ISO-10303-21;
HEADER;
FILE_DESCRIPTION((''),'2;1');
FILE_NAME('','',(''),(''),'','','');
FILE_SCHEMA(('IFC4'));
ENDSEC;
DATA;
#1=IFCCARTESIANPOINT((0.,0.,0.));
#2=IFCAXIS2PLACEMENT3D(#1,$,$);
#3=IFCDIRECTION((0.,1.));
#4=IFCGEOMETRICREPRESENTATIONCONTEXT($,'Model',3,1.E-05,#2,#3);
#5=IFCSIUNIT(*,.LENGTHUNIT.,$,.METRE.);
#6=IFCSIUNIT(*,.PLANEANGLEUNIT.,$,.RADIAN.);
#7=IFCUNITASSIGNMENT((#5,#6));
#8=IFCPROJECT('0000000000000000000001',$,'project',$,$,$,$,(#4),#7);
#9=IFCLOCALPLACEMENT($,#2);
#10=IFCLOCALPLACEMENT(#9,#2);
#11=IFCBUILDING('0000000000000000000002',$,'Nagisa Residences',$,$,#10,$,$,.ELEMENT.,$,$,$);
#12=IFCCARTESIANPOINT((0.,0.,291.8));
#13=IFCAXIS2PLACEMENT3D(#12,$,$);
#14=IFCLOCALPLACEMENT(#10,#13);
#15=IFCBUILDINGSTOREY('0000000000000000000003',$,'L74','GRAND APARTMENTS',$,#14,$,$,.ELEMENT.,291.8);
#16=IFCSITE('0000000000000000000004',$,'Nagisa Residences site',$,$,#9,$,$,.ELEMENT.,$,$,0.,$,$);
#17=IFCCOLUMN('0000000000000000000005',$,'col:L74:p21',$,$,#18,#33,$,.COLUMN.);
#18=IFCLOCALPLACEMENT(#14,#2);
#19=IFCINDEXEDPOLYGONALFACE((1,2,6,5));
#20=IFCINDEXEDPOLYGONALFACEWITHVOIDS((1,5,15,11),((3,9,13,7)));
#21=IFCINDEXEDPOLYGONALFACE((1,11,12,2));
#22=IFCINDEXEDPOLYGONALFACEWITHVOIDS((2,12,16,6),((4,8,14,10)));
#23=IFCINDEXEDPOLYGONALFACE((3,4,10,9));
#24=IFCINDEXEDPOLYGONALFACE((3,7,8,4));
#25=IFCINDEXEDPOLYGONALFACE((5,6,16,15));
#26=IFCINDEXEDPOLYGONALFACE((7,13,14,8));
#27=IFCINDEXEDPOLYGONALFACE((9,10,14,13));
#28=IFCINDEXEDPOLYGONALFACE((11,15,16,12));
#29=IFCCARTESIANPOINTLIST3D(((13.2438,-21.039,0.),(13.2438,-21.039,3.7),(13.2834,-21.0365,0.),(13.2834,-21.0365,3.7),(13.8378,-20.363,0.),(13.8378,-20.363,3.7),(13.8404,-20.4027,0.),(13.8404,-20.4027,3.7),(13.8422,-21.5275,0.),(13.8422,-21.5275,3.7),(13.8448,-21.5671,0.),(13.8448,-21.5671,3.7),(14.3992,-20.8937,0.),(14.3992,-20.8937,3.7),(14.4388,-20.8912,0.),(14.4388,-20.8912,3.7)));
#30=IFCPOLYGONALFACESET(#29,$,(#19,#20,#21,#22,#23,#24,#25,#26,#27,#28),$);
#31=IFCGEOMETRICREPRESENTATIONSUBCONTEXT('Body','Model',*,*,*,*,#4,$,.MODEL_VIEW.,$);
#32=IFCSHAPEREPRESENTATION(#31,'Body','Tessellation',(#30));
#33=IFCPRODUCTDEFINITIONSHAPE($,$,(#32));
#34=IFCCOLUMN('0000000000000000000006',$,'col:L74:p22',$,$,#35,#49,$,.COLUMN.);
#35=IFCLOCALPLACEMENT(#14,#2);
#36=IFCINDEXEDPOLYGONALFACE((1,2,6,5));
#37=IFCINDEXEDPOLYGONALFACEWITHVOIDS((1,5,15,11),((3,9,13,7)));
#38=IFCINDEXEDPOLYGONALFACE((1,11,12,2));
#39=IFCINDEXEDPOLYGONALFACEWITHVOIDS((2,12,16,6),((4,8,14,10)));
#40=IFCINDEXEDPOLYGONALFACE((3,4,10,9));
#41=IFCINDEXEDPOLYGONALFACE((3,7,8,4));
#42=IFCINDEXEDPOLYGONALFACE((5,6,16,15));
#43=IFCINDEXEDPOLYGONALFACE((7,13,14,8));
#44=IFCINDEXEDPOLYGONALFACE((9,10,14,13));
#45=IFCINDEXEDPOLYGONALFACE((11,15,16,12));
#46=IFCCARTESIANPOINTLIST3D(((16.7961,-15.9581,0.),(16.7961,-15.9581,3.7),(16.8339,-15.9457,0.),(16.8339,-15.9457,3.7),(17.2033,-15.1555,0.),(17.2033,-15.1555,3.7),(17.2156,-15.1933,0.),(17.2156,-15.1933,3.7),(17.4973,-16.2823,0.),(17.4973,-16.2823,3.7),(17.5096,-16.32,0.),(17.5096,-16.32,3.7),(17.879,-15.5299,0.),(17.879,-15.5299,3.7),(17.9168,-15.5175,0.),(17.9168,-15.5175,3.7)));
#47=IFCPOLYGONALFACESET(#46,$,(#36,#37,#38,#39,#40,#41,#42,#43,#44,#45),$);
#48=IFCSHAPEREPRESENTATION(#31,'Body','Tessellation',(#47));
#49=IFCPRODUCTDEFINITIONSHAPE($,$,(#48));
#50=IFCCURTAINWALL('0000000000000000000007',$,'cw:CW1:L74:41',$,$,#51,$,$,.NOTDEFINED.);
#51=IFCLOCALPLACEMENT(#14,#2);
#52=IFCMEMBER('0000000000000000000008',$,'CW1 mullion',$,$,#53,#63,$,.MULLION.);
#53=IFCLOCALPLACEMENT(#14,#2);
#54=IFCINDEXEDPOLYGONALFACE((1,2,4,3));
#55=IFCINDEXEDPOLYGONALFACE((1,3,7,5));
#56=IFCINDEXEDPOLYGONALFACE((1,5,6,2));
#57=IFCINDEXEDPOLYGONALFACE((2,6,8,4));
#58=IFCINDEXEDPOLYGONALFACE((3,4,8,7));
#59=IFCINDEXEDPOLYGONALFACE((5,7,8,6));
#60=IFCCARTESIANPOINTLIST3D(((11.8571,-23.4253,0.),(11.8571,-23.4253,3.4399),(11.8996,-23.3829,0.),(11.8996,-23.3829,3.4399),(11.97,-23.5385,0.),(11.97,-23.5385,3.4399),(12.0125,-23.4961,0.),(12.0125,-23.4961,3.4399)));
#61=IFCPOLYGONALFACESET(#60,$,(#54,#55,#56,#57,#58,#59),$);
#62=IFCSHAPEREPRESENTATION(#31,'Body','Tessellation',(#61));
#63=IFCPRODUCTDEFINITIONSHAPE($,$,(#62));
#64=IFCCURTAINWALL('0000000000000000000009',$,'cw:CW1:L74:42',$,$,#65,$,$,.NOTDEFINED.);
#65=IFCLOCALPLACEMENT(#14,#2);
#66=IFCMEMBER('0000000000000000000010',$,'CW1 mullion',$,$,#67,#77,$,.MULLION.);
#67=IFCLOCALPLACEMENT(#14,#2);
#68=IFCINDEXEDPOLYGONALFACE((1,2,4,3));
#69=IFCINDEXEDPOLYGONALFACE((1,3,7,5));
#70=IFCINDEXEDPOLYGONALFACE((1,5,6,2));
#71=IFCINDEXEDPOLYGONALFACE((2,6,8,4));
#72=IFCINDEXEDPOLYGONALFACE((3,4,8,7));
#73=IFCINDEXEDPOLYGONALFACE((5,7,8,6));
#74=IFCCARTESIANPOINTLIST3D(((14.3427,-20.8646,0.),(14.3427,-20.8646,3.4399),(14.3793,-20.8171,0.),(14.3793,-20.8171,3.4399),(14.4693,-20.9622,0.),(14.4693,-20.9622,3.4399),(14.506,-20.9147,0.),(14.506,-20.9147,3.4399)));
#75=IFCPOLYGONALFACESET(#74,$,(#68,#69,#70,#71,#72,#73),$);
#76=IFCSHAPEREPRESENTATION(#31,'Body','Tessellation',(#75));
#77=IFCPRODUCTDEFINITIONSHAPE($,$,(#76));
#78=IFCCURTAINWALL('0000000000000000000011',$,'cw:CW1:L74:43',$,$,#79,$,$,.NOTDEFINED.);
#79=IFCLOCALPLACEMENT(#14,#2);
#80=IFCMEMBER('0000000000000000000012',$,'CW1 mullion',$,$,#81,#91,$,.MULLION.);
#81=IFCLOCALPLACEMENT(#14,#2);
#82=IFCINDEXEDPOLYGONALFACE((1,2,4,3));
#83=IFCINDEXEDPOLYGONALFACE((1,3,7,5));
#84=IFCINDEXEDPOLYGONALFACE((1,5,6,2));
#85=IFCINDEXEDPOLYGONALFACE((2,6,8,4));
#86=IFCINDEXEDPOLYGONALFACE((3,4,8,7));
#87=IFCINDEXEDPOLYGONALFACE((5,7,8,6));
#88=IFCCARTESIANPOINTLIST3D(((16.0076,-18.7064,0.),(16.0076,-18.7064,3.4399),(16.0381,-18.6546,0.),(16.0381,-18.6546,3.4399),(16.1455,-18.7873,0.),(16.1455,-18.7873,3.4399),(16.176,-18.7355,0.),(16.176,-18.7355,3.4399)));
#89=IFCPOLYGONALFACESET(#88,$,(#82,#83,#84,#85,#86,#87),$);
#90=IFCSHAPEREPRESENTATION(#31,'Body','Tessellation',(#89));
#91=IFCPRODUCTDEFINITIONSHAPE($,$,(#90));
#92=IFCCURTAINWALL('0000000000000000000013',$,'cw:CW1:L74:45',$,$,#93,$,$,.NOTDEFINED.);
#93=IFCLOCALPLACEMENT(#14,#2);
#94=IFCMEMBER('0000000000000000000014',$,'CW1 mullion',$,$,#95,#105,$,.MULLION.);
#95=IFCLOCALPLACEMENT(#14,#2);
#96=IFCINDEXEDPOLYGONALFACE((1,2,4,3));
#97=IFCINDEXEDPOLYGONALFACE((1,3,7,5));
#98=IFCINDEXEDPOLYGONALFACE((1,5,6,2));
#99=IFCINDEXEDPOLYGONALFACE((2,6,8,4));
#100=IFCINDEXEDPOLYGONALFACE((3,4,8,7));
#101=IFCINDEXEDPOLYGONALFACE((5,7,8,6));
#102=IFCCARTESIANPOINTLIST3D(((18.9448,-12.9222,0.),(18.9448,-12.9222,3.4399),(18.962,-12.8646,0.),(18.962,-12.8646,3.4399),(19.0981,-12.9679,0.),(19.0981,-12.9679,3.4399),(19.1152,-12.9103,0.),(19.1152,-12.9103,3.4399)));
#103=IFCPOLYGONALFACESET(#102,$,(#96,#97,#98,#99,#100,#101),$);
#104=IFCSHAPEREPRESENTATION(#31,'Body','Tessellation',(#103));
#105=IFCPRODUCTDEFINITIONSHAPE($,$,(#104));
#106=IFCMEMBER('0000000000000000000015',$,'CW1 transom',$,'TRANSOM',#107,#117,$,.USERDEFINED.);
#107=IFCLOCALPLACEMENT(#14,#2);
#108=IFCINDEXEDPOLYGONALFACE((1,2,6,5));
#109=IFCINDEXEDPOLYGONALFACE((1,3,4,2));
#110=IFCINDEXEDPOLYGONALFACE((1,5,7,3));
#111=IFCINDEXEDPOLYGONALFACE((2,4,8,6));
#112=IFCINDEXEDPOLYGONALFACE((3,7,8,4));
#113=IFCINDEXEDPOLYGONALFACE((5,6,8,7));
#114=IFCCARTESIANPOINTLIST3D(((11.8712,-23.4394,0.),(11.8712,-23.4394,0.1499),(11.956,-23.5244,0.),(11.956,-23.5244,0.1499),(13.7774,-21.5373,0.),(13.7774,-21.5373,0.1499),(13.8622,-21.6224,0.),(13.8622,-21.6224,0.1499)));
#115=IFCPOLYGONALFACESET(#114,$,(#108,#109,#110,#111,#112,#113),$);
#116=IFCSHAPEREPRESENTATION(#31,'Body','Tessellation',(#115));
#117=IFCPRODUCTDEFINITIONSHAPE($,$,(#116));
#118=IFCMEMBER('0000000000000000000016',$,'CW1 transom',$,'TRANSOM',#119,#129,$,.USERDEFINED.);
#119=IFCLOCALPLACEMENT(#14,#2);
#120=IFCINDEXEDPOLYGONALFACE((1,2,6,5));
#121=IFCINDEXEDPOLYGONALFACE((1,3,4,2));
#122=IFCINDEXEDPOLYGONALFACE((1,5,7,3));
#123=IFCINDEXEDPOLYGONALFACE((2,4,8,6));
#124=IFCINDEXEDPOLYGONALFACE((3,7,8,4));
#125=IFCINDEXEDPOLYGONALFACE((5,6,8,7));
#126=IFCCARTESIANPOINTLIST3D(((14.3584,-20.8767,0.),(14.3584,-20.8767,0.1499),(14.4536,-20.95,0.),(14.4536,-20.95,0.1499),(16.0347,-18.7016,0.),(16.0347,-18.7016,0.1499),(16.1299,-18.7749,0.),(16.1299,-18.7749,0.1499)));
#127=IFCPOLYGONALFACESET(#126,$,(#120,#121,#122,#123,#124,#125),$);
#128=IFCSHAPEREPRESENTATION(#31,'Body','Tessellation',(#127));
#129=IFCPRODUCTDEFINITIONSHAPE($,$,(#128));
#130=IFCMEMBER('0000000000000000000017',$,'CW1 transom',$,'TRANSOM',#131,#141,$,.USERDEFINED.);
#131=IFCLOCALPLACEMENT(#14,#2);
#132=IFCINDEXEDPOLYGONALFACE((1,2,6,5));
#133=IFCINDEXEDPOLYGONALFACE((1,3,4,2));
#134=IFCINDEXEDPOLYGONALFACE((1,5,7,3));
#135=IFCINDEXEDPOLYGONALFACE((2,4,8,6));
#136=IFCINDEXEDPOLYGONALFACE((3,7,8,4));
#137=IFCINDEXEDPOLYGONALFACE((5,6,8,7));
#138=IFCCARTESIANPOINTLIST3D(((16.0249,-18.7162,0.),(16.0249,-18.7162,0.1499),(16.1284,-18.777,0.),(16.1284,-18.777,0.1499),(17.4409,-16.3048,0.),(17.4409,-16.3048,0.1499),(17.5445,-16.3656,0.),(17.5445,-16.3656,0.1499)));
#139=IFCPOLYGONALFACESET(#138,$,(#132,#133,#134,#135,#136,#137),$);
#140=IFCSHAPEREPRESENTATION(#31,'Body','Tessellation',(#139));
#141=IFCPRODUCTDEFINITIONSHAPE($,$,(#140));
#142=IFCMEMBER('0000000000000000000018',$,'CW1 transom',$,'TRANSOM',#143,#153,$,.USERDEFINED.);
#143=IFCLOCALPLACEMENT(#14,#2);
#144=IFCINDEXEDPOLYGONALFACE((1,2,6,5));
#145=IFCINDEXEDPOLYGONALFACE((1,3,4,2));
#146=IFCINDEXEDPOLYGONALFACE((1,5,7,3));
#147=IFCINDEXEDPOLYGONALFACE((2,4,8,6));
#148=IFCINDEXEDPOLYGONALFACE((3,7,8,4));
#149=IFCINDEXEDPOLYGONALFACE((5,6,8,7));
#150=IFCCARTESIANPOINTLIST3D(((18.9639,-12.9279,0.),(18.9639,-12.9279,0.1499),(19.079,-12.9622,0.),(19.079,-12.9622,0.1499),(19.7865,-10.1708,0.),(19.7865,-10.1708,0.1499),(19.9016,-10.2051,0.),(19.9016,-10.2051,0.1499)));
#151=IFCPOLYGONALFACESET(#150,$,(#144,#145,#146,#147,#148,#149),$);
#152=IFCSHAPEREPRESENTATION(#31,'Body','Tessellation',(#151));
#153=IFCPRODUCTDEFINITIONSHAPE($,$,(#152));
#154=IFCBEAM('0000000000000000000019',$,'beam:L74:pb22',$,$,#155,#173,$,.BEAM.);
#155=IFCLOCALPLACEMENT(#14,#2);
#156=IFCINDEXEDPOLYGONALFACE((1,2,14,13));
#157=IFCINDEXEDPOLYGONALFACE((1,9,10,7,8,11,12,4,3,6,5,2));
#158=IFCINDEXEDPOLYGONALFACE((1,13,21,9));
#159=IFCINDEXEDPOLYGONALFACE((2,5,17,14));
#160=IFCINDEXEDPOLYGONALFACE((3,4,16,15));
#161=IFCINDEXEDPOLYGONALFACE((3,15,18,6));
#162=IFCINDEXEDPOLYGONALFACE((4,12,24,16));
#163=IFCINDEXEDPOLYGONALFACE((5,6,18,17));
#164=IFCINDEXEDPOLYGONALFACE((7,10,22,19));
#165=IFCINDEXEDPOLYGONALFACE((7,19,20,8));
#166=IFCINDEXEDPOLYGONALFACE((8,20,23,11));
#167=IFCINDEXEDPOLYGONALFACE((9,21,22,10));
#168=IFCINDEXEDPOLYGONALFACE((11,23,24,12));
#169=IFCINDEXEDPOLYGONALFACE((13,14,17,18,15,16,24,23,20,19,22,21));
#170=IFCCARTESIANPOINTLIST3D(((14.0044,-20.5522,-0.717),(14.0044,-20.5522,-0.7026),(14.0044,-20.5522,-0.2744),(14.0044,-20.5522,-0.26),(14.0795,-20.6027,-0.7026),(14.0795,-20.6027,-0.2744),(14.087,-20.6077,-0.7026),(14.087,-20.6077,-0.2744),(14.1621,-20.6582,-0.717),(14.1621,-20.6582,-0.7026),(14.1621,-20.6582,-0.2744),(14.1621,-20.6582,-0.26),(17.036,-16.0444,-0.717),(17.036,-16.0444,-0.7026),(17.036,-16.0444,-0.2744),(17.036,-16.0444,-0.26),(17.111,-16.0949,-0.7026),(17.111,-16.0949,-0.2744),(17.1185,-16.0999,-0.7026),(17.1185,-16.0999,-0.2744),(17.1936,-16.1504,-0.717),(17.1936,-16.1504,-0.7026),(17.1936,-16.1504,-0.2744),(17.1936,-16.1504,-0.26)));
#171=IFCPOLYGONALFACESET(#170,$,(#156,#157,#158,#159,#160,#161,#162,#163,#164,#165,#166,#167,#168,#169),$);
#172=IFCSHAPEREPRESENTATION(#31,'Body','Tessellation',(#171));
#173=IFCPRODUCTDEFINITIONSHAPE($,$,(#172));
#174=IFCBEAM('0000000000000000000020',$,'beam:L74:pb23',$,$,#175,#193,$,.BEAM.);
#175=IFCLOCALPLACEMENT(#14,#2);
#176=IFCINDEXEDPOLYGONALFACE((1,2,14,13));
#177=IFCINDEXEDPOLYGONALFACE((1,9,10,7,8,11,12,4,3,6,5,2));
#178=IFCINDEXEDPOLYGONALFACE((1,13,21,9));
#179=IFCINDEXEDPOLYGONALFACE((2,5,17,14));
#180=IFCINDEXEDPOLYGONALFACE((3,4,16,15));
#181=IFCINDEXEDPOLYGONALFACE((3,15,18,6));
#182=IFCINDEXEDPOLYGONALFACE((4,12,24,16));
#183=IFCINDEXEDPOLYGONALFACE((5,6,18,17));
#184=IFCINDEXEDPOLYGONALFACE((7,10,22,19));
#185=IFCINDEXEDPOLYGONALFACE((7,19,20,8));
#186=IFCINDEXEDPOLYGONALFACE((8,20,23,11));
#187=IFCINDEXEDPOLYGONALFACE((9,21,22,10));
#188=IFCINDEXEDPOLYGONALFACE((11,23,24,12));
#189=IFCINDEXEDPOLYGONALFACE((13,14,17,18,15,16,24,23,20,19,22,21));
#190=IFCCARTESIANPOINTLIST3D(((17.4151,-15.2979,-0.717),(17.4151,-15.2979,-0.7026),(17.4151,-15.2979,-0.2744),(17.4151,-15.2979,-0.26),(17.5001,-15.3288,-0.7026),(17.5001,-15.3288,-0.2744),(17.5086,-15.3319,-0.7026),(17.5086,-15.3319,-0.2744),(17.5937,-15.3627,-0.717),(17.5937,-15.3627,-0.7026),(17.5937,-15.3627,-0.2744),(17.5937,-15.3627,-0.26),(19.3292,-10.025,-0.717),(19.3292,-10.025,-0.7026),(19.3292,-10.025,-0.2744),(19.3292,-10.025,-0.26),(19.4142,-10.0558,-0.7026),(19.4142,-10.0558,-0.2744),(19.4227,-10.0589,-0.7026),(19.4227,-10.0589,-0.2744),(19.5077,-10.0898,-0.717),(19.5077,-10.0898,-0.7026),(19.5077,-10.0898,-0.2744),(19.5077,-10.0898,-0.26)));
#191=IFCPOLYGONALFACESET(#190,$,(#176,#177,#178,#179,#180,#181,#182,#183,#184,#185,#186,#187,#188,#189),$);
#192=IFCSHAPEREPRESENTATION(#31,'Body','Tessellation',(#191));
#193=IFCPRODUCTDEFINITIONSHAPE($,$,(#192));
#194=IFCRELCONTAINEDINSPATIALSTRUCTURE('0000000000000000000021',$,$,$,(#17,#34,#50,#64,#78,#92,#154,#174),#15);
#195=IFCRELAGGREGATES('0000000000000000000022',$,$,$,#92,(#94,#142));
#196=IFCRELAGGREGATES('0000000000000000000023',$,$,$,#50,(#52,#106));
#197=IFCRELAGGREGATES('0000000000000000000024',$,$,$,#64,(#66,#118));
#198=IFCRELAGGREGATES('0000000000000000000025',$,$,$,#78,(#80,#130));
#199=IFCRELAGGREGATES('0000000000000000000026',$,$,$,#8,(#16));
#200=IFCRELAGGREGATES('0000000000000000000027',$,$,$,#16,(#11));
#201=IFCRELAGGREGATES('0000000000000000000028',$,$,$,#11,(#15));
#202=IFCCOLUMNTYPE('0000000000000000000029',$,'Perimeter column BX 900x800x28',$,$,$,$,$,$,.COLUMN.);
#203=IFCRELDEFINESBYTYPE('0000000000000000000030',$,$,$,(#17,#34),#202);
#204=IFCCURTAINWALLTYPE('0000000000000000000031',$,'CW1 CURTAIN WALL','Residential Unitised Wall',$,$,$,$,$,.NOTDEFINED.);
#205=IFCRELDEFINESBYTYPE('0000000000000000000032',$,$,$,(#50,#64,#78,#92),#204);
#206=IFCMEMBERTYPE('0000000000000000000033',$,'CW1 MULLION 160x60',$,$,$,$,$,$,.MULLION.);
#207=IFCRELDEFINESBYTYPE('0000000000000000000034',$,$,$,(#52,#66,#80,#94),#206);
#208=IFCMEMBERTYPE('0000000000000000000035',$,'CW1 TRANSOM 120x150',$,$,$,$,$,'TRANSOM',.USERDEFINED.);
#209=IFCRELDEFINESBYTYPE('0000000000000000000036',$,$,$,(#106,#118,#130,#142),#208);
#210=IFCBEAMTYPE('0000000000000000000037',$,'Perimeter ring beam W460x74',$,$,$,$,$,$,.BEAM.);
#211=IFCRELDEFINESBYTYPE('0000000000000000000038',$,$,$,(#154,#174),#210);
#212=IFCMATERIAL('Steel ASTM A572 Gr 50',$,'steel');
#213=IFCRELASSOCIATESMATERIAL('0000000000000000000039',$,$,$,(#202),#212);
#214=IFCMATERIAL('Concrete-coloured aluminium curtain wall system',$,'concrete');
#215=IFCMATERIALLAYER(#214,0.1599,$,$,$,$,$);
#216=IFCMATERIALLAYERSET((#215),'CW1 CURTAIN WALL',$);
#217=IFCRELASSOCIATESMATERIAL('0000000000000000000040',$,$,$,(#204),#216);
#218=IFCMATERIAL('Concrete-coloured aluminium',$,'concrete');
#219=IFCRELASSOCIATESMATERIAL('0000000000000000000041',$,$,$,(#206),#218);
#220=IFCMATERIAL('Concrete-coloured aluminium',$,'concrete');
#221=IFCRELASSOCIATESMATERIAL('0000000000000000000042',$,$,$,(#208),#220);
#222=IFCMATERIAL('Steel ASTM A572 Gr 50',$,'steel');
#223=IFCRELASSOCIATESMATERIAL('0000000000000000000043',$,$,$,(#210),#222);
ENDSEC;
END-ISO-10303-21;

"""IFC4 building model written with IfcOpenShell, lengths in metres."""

from ifc_helpers import new_model, si_unit, direction, frame, origin, origin_2d, place, context, subcontext, project, spatial, rectangle, hollow_rectangle, i_section, extrude, material, layer, layer_set, material_profile, profile_set, type_object, element, aggregate, save


model = new_model("IFC4")

# Units and contexts
model_context = context("Model", 3, precision=1e-05, world=origin(), true_north=direction((0.0, 1.0)))
body_context = subcontext(model_context, "Body", "Model", "MODEL_VIEW")
ifc_project = project(units=[si_unit("LENGTHUNIT", "METRE"), si_unit("PLANEANGLEUNIT", "RADIAN")], contexts=[model_context])

# Site, building, storey
site_placement = place(None, origin())
site = spatial("IfcSite", under=ifc_project, at=site_placement, Name="Nagisa Residences site", CompositionType="ELEMENT", RefElevation=0.0)
building_placement = place(site_placement, origin())
building = spatial("IfcBuilding", under=site, at=building_placement, Name="Nagisa Residences", CompositionType="ELEMENT")
storey_placement = place(building_placement, frame((0.0, 0.0, 291.8)))
storey = spatial("IfcBuildingStorey", under=building, at=storey_placement, Name="L74", Description="GRAND APARTMENTS", CompositionType="ELEMENT", Elevation=291.8)

# Columns
ifc_material_1 = material(Name="Steel ASTM A572 Gr 50", Category="steel")
ifc_material_profile_1 = material_profile(ifc_material_1, hollow_rectangle(XDim=0.8999, YDim=0.8, WallThickness=0.0281, at=origin_2d()), Name="BX 900x800x28")
ifc_profile_set_1 = profile_set([ifc_material_profile_1], Name="Steel ASTM A572 Gr 50")
column_type = type_object("IfcColumnType", Name="Perimeter column BX 900x800x28", PredefinedType="COLUMN", material=ifc_profile_set_1)
for number, where, z_axis, x_axis, name in (
    (1, (13.8413, -20.9651, 0.0), (0.0, 0.0, 1.0), (0.660115, 0.751165, 0.0), "col:L74:p21"),
    (2, (17.3564, -15.7378, 0.0), (0.0, 0.0, 1.0), (0.452463, 0.891783, 0.0), "col:L74:p22"),
):
    element("IfcColumn", number, at=place(storey_placement, frame(where, z_axis=z_axis, x_axis=x_axis)), inside=storey, type_object=column_type, Name=name, PredefinedType="COLUMN", context=body_context, shape_type="SweptSolid", body=[
        extrude(hollow_rectangle(XDim=0.8999, YDim=0.8, WallThickness=0.0281, at=origin_2d()), origin(), (0.0, 0.0, 1.0), 3.7),
    ])

# Curtain walls, members
ifc_material_2 = material(Name="Concrete-coloured aluminium curtain wall system", Category="concrete")
ifc_layer_1 = layer(ifc_material_2, 0.1599)
ifc_layer_set_1 = layer_set([ifc_layer_1], Name="CW1 CURTAIN WALL")
curtain_wall_type = type_object("IfcCurtainWallType", Name="CW1 CURTAIN WALL", Description="Residential Unitised Wall", PredefinedType="NOTDEFINED", material=ifc_layer_set_1)
curtain_wall_1_placement = place(storey_placement, origin())
curtain_wall_1 = element("IfcCurtainWall", 3, at=curtain_wall_1_placement, inside=storey, type_object=curtain_wall_type, Name="cw:CW1:L74:41", PredefinedType="NOTDEFINED")
ifc_material_3 = material(Name="Concrete-coloured aluminium", Category="concrete")
ifc_material_profile_2 = material_profile(ifc_material_3, rectangle(XDim=0.1599, YDim=0.0601, at=origin_2d()), Name="CW1 MULLION 160x60")
ifc_profile_set_2 = profile_set([ifc_material_profile_2], Name="Concrete-coloured aluminium")
member_type_1 = type_object("IfcMemberType", Name="CW1 MULLION 160x60", PredefinedType="MULLION", material=ifc_profile_set_2)
member_1_placement = place(storey_placement, frame((11.9348, -23.4607, 0.0), z_axis=(0.0, 0.0, 1.0), x_axis=(-0.706377, 0.707836, 0.0)))
member_1 = element("IfcMember", 4, at=member_1_placement, type_object=member_type_1, Name="CW1 mullion", PredefinedType="MULLION", context=body_context, shape_type="SweptSolid", body=[
    extrude(rectangle(XDim=0.1599, YDim=0.0601, at=origin_2d()), origin(), (0.0, 0.0, 1.0), 3.4399),
])
curtain_wall_2_placement = place(storey_placement, origin())
curtain_wall_2 = element("IfcCurtainWall", 5, at=curtain_wall_2_placement, inside=storey, type_object=curtain_wall_type, Name="cw:CW1:L74:42", PredefinedType="NOTDEFINED")
member_2_placement = place(storey_placement, frame((14.4243, -20.8896, 0.0), z_axis=(0.0, 0.0, 1.0), x_axis=(-0.79207, 0.61043, 0.0)))
member_2 = element("IfcMember", 6, at=member_2_placement, type_object=member_type_1, Name="CW1 mullion", PredefinedType="MULLION", context=body_context, shape_type="SweptSolid", body=[
    extrude(rectangle(XDim=0.1599, YDim=0.0601, at=origin_2d()), origin(), (0.0, 0.0, 1.0), 3.4399),
])
curtain_wall_3_placement = place(storey_placement, origin())
curtain_wall_3 = element("IfcCurtainWall", 7, at=curtain_wall_3_placement, inside=storey, type_object=curtain_wall_type, Name="cw:CW1:L74:43", PredefinedType="NOTDEFINED")
member_3_placement = place(storey_placement, frame((16.0918, -18.7209, 0.0), z_axis=(0.0, 0.0, 1.0), x_axis=(-0.862329, 0.506349, 0.0)))
member_3 = element("IfcMember", 8, at=member_3_placement, type_object=member_type_1, Name="CW1 mullion", PredefinedType="MULLION", context=body_context, shape_type="SweptSolid", body=[
    extrude(rectangle(XDim=0.1599, YDim=0.0601, at=origin_2d()), origin(), (0.0, 0.0, 1.0), 3.4399),
])
curtain_wall_4_placement = place(storey_placement, origin())
curtain_wall_4 = element("IfcCurtainWall", 9, at=curtain_wall_4_placement, inside=storey, type_object=curtain_wall_type, Name="cw:CW1:L74:45", PredefinedType="NOTDEFINED")
member_4_placement = place(storey_placement, frame((19.03, -12.9163, 0.0), z_axis=(0.0, 0.0, 1.0), x_axis=(-0.958271, 0.28586, 0.0)))
member_4 = element("IfcMember", 10, at=member_4_placement, type_object=member_type_1, Name="CW1 mullion", PredefinedType="MULLION", context=body_context, shape_type="SweptSolid", body=[
    extrude(rectangle(XDim=0.1599, YDim=0.0601, at=origin_2d()), origin(), (0.0, 0.0, 1.0), 3.4399),
])

# Members
ifc_material_4 = material(Name="Concrete-coloured aluminium", Category="concrete")
ifc_material_profile_3 = material_profile(ifc_material_4, rectangle(XDim=0.1201, YDim=0.1499, at=origin_2d()), Name="CW1 TRANSOM 120x150")
ifc_profile_set_3 = profile_set([ifc_material_profile_3], Name="Concrete-coloured aluminium")
member_type_2 = type_object("IfcMemberType", Name="CW1 TRANSOM 120x150", ElementType="TRANSOM", PredefinedType="USERDEFINED", material=ifc_profile_set_3)
member_5_placement = place(storey_placement, frame((11.9136, -23.4819, 0.075), z_axis=(0.707877, 0.706336, 0.0), x_axis=(-0.706336, 0.707877, 0.0)))
member_5 = element("IfcMember", 11, at=member_5_placement, type_object=member_type_2, Name="CW1 transom", ObjectType="TRANSOM", PredefinedType="USERDEFINED", context=body_context, shape_type="SweptSolid", body=[
    extrude(rectangle(XDim=0.1201, YDim=0.1499, at=origin_2d()), origin(), (0.0, 0.0, 1.0), 2.6929),
])
member_6_placement = place(storey_placement, frame((14.406, -20.9133, 0.075), z_axis=(0.610432, 0.792068, 0.0), x_axis=(-0.792068, 0.610432, 0.0)))
member_6 = element("IfcMember", 12, at=member_6_placement, type_object=member_type_2, Name="CW1 transom", ObjectType="TRANSOM", PredefinedType="USERDEFINED", context=body_context, shape_type="SweptSolid", body=[
    extrude(rectangle(XDim=0.1201, YDim=0.1499, at=origin_2d()), origin(), (0.0, 0.0, 1.0), 2.7461),
])
member_7_placement = place(storey_placement, frame((16.0767, -18.7466, 0.075), z_axis=(0.506371, 0.862316, 0.0), x_axis=(-0.862316, 0.506371, 0.0)))
member_7 = element("IfcMember", 13, at=member_7_placement, type_object=member_type_2, Name="CW1 transom", ObjectType="TRANSOM", PredefinedType="USERDEFINED", context=body_context, shape_type="SweptSolid", body=[
    extrude(rectangle(XDim=0.1201, YDim=0.1499, at=origin_2d()), origin(), (0.0, 0.0, 1.0), 2.7964),
])
member_8_placement = place(storey_placement, frame((19.0215, -12.9451, 0.075), z_axis=(0.285876, 0.958267, 0.0), x_axis=(-0.958267, 0.285876, 0.0)))
member_8 = element("IfcMember", 14, at=member_8_placement, type_object=member_type_2, Name="CW1 transom", ObjectType="TRANSOM", PredefinedType="USERDEFINED", context=body_context, shape_type="SweptSolid", body=[
    extrude(rectangle(XDim=0.1201, YDim=0.1499, at=origin_2d()), origin(), (0.0, 0.0, 1.0), 2.8772),
])
aggregate(curtain_wall_4, [member_4, member_8])

# Beams
ifc_material_5 = material(Name="Steel ASTM A572 Gr 50", Category="steel")
ifc_material_profile_4 = material_profile(ifc_material_5, i_section(OverallWidth=0.1899, OverallDepth=0.457, WebThickness=0.009, FlangeThickness=0.0144, at=origin_2d()), Name="W460x74")
ifc_profile_set_4 = profile_set([ifc_material_profile_4], Name="Steel ASTM A572 Gr 50")
beam_type_1 = type_object("IfcBeamType", Name="Perimeter ring beam W460x74", PredefinedType="BEAM", material=ifc_profile_set_4)
beam_1_placement = place(storey_placement, frame((14.0833, -20.6052, -0.4885), z_axis=(0.558046, 0.82981, 0.0), x_axis=(-0.82981, 0.558046, 0.0)))
element("IfcBeam", 15, at=beam_1_placement, inside=storey, type_object=beam_type_1, Name="beam:L74:pb22", PredefinedType="BEAM", context=body_context, shape_type="SweptSolid", body=[
    extrude(i_section(OverallWidth=0.1899, OverallDepth=0.457, WebThickness=0.009, FlangeThickness=0.0144, at=origin_2d()), origin(), (0.0, 0.0, 1.0), 5.4324),
])
beam_2_placement = place(storey_placement, frame((17.5044, -15.3303, -0.4885), z_axis=(0.341212, 0.939986, 0.0), x_axis=(-0.939986, 0.341212, 0.0)))
element("IfcBeam", 16, at=beam_2_placement, inside=storey, type_object=beam_type_1, Name="beam:L74:pb23", PredefinedType="BEAM", context=body_context, shape_type="SweptSolid", body=[
    extrude(i_section(OverallWidth=0.1899, OverallDepth=0.457, WebThickness=0.009, FlangeThickness=0.0144, at=origin_2d()), origin(), (0.0, 0.0, 1.0), 5.6096),
])

aggregate(curtain_wall_1, [member_1, member_5])
aggregate(curtain_wall_2, [member_2, member_6])
aggregate(curtain_wall_3, [member_3, member_7])

save(model, "model.ifc")
